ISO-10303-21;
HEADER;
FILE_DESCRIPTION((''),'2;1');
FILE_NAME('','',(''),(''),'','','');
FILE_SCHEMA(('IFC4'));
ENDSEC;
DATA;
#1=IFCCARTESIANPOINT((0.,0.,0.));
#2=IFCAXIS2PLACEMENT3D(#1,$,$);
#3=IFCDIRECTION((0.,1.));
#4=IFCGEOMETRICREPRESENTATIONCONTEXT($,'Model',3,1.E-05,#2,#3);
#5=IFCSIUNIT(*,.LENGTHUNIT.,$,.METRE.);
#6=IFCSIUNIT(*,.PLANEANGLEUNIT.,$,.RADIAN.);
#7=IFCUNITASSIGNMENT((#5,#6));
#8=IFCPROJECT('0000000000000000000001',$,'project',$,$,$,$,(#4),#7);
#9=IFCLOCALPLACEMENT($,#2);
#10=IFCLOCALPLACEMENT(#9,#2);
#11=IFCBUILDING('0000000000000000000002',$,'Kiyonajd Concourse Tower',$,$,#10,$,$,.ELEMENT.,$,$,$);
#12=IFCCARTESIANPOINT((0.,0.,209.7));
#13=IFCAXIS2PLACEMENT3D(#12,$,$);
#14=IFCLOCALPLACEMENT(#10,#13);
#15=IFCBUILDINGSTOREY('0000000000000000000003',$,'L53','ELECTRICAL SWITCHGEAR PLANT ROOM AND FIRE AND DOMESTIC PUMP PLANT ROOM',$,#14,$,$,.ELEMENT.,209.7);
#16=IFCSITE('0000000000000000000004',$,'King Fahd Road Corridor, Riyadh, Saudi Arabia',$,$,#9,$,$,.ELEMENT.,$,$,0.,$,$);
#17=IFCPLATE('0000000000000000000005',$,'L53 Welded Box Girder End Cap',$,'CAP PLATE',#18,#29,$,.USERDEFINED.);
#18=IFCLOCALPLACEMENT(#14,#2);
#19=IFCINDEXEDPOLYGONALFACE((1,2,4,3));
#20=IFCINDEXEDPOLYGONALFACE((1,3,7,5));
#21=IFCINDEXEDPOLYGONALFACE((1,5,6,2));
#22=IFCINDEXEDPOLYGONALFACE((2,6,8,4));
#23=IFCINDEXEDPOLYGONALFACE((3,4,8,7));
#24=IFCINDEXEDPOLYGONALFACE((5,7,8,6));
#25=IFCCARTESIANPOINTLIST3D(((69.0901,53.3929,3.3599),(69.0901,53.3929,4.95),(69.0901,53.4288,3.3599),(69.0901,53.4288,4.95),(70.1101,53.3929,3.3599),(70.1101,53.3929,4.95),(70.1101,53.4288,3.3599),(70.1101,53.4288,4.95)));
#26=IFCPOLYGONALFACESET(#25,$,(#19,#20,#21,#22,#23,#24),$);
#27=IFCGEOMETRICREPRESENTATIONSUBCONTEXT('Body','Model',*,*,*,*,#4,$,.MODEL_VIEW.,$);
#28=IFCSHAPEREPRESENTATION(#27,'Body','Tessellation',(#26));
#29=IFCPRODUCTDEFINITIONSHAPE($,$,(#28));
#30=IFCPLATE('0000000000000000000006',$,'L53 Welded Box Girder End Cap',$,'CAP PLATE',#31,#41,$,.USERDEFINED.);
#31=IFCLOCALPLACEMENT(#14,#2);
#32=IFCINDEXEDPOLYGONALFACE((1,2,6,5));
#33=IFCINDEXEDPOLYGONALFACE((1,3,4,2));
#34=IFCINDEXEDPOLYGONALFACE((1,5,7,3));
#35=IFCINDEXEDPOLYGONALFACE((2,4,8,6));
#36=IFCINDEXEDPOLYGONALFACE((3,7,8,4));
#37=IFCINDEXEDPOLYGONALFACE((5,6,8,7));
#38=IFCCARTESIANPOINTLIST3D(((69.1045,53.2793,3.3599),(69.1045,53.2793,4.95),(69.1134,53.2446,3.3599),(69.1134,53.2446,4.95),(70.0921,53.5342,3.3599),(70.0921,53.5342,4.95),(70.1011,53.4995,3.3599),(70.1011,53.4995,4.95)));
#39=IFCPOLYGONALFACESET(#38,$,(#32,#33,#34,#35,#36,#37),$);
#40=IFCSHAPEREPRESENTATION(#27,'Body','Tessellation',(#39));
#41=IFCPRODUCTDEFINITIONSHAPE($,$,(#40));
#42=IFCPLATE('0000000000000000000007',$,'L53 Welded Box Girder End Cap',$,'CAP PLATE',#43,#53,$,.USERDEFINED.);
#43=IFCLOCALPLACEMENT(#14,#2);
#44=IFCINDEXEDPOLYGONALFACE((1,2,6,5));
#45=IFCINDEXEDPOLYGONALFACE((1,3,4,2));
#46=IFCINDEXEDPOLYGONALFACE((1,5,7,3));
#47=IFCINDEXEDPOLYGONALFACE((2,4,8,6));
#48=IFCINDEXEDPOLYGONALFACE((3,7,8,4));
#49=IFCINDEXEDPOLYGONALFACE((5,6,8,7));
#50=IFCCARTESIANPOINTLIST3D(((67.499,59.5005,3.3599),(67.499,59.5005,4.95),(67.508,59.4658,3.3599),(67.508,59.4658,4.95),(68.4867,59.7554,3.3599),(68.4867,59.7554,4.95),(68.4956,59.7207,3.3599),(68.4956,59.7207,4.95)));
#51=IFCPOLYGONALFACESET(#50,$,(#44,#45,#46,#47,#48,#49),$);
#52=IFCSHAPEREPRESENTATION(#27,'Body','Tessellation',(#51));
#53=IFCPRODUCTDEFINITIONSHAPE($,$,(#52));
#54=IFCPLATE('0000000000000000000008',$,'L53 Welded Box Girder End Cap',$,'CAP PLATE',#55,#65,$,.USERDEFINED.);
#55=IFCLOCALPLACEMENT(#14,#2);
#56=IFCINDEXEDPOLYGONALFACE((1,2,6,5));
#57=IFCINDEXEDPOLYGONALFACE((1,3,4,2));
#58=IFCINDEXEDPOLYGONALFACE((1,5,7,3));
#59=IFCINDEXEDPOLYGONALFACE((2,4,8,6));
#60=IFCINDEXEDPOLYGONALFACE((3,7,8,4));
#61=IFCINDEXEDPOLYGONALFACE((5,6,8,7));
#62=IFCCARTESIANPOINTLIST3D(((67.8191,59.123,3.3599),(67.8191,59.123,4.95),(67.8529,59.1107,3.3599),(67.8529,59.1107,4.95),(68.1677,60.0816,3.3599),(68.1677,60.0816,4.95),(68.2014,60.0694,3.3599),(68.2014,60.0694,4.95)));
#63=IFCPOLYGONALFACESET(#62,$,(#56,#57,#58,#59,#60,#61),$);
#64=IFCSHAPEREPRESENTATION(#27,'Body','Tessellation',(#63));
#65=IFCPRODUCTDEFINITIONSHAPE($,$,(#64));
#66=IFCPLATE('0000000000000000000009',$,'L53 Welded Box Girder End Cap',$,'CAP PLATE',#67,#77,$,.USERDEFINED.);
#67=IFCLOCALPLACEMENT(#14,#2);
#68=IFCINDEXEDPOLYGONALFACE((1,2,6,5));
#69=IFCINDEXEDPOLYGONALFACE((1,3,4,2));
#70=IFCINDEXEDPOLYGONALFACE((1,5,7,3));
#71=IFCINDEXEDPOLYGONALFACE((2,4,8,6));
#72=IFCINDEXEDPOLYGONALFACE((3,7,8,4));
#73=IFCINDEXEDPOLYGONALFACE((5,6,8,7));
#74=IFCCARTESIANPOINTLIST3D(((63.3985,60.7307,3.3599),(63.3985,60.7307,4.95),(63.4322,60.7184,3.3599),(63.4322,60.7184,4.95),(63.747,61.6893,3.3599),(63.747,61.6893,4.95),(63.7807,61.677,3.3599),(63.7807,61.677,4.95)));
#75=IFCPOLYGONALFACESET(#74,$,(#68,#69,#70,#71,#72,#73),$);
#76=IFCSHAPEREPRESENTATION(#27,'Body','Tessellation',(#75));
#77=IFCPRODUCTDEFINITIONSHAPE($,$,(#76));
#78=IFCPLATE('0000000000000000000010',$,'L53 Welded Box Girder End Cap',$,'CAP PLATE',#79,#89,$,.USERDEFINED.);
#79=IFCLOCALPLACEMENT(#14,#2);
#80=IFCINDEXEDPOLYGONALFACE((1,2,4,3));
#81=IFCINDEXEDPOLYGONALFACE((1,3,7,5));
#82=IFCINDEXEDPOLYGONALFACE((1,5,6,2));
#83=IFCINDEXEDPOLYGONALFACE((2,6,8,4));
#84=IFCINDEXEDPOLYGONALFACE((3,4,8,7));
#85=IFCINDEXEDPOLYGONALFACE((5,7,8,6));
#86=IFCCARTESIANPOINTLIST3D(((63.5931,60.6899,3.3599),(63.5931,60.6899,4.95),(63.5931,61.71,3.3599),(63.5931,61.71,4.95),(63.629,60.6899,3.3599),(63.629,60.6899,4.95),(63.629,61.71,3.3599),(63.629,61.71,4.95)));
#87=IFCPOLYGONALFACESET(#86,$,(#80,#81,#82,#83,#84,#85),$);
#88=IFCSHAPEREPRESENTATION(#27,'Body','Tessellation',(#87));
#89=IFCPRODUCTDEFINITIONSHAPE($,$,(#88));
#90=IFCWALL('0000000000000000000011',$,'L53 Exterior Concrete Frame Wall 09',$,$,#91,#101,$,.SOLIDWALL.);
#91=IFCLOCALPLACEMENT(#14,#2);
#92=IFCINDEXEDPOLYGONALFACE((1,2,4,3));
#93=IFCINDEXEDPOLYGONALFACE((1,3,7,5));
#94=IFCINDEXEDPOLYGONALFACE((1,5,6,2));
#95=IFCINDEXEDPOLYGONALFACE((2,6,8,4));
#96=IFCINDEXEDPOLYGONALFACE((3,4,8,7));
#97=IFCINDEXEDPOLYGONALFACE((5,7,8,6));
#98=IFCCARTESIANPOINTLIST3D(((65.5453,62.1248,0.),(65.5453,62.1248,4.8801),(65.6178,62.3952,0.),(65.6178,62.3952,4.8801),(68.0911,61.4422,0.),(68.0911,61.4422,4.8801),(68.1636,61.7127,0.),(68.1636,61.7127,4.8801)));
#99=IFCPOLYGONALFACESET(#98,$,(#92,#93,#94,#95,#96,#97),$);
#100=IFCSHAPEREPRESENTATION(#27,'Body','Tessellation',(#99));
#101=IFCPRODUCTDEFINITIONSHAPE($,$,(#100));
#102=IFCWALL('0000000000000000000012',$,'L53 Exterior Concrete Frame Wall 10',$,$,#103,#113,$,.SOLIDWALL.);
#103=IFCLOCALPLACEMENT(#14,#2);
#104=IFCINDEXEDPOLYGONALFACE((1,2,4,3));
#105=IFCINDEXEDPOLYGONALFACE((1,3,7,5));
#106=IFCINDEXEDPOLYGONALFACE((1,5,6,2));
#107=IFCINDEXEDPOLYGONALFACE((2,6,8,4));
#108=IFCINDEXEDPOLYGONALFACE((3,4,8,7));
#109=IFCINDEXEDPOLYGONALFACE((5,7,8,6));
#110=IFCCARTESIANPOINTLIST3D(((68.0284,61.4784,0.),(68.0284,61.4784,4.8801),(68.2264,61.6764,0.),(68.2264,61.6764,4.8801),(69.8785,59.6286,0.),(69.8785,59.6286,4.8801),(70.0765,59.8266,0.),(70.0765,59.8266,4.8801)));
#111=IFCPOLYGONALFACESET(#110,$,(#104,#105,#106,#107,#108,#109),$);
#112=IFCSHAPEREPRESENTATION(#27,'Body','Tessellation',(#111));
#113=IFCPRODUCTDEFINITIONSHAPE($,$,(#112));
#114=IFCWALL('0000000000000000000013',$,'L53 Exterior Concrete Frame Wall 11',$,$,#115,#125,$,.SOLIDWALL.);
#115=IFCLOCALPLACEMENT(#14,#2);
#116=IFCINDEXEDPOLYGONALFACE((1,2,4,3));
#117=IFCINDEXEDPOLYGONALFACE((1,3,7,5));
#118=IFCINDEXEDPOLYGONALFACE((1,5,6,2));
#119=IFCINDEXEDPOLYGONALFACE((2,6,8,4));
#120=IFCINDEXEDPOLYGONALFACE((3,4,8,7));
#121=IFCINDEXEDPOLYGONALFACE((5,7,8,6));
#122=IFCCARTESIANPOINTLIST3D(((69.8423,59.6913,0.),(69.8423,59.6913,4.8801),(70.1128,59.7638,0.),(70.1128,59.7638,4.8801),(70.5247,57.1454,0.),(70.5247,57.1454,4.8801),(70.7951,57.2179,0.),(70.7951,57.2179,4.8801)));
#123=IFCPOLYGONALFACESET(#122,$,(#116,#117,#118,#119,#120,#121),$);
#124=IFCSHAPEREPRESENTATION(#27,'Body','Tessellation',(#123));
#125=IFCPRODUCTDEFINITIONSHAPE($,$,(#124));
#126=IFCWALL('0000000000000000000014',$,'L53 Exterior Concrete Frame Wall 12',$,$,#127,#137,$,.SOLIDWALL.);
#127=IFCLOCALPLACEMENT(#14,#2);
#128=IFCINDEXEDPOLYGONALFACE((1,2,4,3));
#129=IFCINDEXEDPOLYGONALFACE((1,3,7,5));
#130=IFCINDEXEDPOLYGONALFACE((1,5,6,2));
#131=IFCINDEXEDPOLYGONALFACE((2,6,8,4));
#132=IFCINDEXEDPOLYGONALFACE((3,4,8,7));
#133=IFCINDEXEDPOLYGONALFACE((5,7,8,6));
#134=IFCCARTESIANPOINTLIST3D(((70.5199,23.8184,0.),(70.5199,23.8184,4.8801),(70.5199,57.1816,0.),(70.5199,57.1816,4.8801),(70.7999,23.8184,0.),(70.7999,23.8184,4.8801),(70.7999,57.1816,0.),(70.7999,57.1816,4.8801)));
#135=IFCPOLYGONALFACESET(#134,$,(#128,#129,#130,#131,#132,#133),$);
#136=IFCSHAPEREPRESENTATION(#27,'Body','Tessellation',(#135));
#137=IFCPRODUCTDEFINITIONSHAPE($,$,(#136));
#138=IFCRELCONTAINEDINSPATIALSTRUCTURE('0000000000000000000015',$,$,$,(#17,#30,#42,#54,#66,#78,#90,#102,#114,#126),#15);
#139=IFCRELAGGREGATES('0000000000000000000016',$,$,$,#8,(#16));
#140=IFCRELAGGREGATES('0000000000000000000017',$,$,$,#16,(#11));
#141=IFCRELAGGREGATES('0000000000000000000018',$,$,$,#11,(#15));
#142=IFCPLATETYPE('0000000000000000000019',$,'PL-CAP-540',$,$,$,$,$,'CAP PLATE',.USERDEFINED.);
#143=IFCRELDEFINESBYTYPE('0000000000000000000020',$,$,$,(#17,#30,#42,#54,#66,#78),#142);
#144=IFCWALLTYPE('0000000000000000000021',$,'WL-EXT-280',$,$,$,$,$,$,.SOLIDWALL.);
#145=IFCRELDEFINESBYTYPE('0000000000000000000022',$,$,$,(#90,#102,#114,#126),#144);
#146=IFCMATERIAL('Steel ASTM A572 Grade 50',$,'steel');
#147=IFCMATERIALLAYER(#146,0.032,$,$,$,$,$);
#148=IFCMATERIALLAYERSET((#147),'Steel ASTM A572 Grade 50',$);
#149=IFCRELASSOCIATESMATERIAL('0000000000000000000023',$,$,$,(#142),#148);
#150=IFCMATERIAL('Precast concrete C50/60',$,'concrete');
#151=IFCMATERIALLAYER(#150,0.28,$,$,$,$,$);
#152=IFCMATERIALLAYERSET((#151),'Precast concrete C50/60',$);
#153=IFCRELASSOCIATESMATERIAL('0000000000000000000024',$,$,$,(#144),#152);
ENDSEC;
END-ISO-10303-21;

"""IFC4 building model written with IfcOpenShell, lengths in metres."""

from ifc_helpers import new_model, si_unit, direction, frame, frame_2d, origin, origin_2d, place, context, subcontext, project, spatial, rectangle, extrude, material, layer, layer_set, type_object, element, save


model = new_model("IFC4")

# Units and contexts
model_context = context("Model", 3, precision=1e-05, world=origin(), true_north=direction((0.0, 1.0)))
body_context = subcontext(model_context, "Body", "Model", "MODEL_VIEW")
ifc_project = project(units=[si_unit("LENGTHUNIT", "METRE"), si_unit("PLANEANGLEUNIT", "RADIAN")], contexts=[model_context])

# Site, building, storey
site_placement = place(None, origin())
site = spatial("IfcSite", under=ifc_project, at=site_placement, Name="King Fahd Road Corridor, Riyadh, Saudi Arabia", CompositionType="ELEMENT", RefElevation=0.0)
building_placement = place(site_placement, origin())
building = spatial("IfcBuilding", under=site, at=building_placement, Name="Kiyonajd Concourse Tower", CompositionType="ELEMENT")
storey_placement = place(building_placement, frame((0.0, 0.0, 209.7)))
storey = spatial("IfcBuildingStorey", under=building, at=storey_placement, Name="L53", Description="ELECTRICAL SWITCHGEAR PLANT ROOM AND FIRE AND DOMESTIC PUMP PLANT ROOM", CompositionType="ELEMENT", Elevation=209.7)

# Shared definitions
ifc_material_1 = material(Name="Steel ASTM A572 Grade 50", Category="steel")

# Plates
ifc_layer_1 = layer(ifc_material_1, 0.032)
ifc_layer_set_1 = layer_set([ifc_layer_1], Name="Steel ASTM A572 Grade 50")
plate_type_1 = type_object("IfcPlateType", Name="PL-CAP-540", ElementType="CAP PLATE", PredefinedType="USERDEFINED", material=ifc_layer_set_1)
for number, where, z_axis, x_axis, name in (
    (1, (69.6001, 53.4109, 3.3599), (0.0, 0.0, 1.0), (0.0, 1.0, 0.0), "L53 Welded Box Girder End Cap"),
    (2, (69.6028, 53.3894, 3.3599), (0.0, 0.0, 1.0), (0.249873, -0.968279, 0.0), "L53 Welded Box Girder End Cap"),
    (3, (67.9973, 59.6106, 3.3599), (0.0, 0.0, 1.0), (-0.249873, 0.968279, 0.0), "L53 Welded Box Girder End Cap"),
    (4, (68.0103, 59.5962, 3.3599), (0.0, 0.0, 1.0), (0.939812, -0.341692, 0.0), "L53 Welded Box Girder End Cap"),
    (5, (63.5896, 61.2039, 3.3599), (0.0, 0.0, 1.0), (-0.939812, 0.341692, 0.0), "L53 Welded Box Girder End Cap"),
    (6, (63.6111, 61.2, 3.3599), (0.0, 0.0, 1.0), (1.0, 0.0, 0.0), "L53 Welded Box Girder End Cap"),
):
    element("IfcPlate", number, at=place(storey_placement, frame(where, z_axis=z_axis, x_axis=x_axis)), inside=storey, type_object=plate_type_1, Name=name, ObjectType="CAP PLATE", PredefinedType="USERDEFINED", context=body_context, shape_type="SweptSolid", body=[
        extrude(rectangle(XDim=0.0359, YDim=1.02, at=origin_2d()), origin(), (0.0, 0.0, 1.0), 1.5901),
    ])

# Walls
ifc_material_2 = material(Name="Precast concrete C50/60", Category="concrete")
ifc_layer_2 = layer(ifc_material_2, 0.28)
ifc_layer_set_2 = layer_set([ifc_layer_2], Name="Precast concrete C50/60")
wall_type = type_object("IfcWallType", Name="WL-EXT-280", PredefinedType="SOLIDWALL", material=ifc_layer_set_2)
wall_1_placement = place(storey_placement, frame((65.5815, 62.26, 0.0), z_axis=(0.0, 0.0, 1.0), x_axis=(0.965884, -0.258977, 0.0)))
element("IfcWall", 7, at=wall_1_placement, inside=storey, type_object=wall_type, Name="L53 Exterior Concrete Frame Wall 09", PredefinedType="SOLIDWALL", context=body_context, shape_type="SweptSolid", body=[
    extrude(rectangle(XDim=2.6357, YDim=0.28, at=frame_2d((1.3179, 0.0))), origin(), (0.0, 0.0, 1.0), 4.8801),
])
wall_2_placement = place(storey_placement, frame((68.1274, 61.5774, 0.0), z_axis=(0.0, 0.0, 1.0), x_axis=(0.707153, -0.70706, 0.0)))
element("IfcWall", 8, at=wall_2_placement, inside=storey, type_object=wall_type, Name="L53 Exterior Concrete Frame Wall 10", PredefinedType="SOLIDWALL", context=body_context, shape_type="SweptSolid", body=[
    extrude(rectangle(XDim=2.6162, YDim=0.28, at=frame_2d((1.3081, 0.0))), origin(), (0.0, 0.0, 1.0), 4.8801),
])
wall_3_placement = place(storey_placement, frame((69.9775, 59.7275, 0.0), z_axis=(0.0, 0.0, 1.0), x_axis=(0.25889, -0.965907, 0.0)))
element("IfcWall", 9, at=wall_3_placement, inside=storey, type_object=wall_type, Name="L53 Exterior Concrete Frame Wall 11", PredefinedType="SOLIDWALL", context=body_context, shape_type="SweptSolid", body=[
    extrude(rectangle(XDim=2.6357, YDim=0.28, at=frame_2d((1.3179, 0.0))), origin(), (0.0, 0.0, 1.0), 4.8801),
])
wall_4_placement = place(storey_placement, frame((70.6599, 57.1816, 0.0), z_axis=(0.0, 0.0, 1.0), x_axis=(0.0, -1.0, 0.0)))
element("IfcWall", 10, at=wall_4_placement, inside=storey, type_object=wall_type, Name="L53 Exterior Concrete Frame Wall 12", PredefinedType="SOLIDWALL", context=body_context, shape_type="SweptSolid", body=[
    extrude(rectangle(XDim=33.3633, YDim=0.28, at=frame_2d((16.6816, 0.0))), origin(), (0.0, 0.0, 1.0), 4.8801),
])

save(model, "model.ifc")
